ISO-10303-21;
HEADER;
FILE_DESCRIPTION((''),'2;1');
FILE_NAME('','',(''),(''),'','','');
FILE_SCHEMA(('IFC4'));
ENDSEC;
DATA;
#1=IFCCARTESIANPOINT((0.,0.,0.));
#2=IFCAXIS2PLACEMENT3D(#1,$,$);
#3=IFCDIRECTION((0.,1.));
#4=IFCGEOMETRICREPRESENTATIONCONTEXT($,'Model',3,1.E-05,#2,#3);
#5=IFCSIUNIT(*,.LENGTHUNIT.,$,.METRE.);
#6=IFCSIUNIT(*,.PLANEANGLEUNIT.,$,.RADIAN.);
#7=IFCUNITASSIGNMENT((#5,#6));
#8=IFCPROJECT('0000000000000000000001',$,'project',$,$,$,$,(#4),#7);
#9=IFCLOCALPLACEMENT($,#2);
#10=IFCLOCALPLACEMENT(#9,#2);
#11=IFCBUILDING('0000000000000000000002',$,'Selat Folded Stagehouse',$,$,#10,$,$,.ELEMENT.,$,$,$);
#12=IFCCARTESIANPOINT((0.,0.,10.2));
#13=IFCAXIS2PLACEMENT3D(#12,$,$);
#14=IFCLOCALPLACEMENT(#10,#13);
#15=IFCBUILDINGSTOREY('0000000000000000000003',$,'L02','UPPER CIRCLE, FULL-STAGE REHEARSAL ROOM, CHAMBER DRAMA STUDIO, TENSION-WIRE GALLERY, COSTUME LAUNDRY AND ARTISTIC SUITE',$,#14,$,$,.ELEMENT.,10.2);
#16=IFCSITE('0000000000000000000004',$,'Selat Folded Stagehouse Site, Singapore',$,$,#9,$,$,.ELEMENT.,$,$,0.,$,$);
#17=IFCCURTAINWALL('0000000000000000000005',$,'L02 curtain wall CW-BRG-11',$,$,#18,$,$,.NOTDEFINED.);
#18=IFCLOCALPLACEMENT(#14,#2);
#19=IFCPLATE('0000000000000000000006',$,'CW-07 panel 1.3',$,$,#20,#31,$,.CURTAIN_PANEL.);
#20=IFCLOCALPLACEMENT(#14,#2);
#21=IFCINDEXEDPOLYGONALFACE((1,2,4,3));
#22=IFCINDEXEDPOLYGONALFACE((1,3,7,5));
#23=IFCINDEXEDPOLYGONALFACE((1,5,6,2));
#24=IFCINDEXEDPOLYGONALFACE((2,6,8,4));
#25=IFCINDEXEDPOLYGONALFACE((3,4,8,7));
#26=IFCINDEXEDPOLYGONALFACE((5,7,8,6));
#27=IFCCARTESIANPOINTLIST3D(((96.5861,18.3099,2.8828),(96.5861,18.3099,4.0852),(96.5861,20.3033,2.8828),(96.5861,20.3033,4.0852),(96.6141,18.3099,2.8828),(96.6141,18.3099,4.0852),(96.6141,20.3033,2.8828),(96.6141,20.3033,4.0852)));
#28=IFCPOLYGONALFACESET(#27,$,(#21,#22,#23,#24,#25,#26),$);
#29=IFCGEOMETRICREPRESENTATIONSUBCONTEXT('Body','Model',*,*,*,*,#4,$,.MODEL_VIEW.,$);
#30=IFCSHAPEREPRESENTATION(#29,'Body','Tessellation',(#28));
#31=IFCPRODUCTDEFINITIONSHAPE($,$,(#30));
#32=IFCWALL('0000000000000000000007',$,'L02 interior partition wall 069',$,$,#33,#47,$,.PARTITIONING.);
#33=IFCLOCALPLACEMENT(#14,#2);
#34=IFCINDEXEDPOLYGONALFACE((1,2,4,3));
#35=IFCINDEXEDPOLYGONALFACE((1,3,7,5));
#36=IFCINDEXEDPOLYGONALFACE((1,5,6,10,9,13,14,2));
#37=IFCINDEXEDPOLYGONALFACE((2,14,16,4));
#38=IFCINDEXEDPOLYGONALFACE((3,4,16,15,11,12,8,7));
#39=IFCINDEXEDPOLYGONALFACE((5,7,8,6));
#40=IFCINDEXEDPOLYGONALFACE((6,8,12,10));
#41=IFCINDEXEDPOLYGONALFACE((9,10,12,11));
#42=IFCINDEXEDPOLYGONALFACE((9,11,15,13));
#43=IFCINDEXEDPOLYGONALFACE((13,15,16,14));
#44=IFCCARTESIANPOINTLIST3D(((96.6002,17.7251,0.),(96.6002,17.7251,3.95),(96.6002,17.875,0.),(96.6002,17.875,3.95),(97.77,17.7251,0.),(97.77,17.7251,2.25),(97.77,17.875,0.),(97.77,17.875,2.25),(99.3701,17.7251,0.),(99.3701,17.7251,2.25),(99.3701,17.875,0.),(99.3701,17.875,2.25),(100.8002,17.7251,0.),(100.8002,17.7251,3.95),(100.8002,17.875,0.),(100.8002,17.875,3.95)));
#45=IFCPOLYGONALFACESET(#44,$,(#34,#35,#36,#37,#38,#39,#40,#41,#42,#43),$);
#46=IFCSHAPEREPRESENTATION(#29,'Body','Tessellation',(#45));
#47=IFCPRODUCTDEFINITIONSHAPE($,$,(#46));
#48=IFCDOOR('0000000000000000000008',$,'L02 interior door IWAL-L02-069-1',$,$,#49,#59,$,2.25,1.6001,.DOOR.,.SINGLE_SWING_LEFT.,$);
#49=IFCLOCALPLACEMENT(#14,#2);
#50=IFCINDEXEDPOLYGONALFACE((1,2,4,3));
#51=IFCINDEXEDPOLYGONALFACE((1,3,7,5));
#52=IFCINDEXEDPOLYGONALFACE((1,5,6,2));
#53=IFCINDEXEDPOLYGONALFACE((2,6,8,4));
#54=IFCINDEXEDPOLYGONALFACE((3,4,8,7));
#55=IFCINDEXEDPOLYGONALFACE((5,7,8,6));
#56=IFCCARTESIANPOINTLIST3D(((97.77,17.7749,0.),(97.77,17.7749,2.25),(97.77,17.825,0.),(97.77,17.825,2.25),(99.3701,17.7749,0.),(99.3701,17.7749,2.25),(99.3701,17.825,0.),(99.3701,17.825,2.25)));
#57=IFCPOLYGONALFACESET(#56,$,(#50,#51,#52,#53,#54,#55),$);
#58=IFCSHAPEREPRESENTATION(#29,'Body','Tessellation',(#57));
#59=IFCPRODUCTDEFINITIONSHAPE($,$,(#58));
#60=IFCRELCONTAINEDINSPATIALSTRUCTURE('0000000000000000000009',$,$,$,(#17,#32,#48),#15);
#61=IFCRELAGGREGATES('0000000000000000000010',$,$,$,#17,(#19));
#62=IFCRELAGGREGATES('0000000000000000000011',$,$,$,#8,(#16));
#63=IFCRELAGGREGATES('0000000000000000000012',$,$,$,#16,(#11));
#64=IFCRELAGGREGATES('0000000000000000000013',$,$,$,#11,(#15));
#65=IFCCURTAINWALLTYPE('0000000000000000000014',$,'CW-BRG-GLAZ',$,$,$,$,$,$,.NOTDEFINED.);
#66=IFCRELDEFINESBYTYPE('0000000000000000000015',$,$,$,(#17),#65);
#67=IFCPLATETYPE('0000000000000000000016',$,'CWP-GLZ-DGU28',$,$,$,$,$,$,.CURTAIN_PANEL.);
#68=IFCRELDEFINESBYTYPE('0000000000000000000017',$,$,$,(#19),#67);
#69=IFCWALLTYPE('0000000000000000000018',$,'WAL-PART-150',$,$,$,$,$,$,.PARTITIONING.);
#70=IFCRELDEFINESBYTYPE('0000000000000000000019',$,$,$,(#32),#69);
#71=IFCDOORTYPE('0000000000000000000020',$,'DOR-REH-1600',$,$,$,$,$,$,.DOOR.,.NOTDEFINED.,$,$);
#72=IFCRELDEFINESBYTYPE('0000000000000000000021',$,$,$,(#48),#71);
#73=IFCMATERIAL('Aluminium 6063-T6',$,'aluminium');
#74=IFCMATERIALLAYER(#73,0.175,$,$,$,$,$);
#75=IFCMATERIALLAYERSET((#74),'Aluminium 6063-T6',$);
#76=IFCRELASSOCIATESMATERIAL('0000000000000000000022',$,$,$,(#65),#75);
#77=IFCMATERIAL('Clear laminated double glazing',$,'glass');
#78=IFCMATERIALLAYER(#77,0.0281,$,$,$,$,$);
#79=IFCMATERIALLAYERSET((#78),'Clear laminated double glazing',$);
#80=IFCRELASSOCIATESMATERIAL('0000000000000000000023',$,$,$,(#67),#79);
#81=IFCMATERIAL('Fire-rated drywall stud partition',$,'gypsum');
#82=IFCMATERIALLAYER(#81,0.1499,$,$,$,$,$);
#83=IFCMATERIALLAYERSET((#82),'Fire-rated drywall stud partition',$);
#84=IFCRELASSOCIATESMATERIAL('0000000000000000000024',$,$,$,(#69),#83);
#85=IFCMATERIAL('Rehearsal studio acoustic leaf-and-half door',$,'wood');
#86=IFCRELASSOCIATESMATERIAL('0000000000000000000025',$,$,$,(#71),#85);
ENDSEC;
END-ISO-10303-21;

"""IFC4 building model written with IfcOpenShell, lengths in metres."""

from ifc_helpers import new_model, si_unit, direction, frame, frame_2d, origin, origin_2d, place, context, subcontext, project, spatial, rectangle, extrude, material, layer, layer_set, type_object, element, fill, aggregate, save


model = new_model("IFC4")

# Units and contexts
model_context = context("Model", 3, precision=1e-05, world=origin(), true_north=direction((0.0, 1.0)))
body_context = subcontext(model_context, "Body", "Model", "MODEL_VIEW")
ifc_project = project(units=[si_unit("LENGTHUNIT", "METRE"), si_unit("PLANEANGLEUNIT", "RADIAN")], contexts=[model_context])

# Site, building, storey
site_placement = place(None, origin())
site = spatial("IfcSite", under=ifc_project, at=site_placement, Name="Selat Folded Stagehouse Site, Singapore", CompositionType="ELEMENT", RefElevation=0.0)
building_placement = place(site_placement, origin())
building = spatial("IfcBuilding", under=site, at=building_placement, Name="Selat Folded Stagehouse", CompositionType="ELEMENT")
storey_placement = place(building_placement, frame((0.0, 0.0, 10.2)))
storey = spatial("IfcBuildingStorey", under=building, at=storey_placement, Name="L02", Description="UPPER CIRCLE, FULL-STAGE REHEARSAL ROOM, CHAMBER DRAMA STUDIO, TENSION-WIRE GALLERY, COSTUME LAUNDRY AND ARTISTIC SUITE", CompositionType="ELEMENT", Elevation=10.2)

# Curtain wall
ifc_material_1 = material(Name="Aluminium 6063-T6", Category="aluminium")
ifc_layer_1 = layer(ifc_material_1, 0.175)
ifc_layer_set_1 = layer_set([ifc_layer_1], Name="Aluminium 6063-T6")
curtain_wall_type_1 = type_object("IfcCurtainWallType", Name="CW-BRG-GLAZ", PredefinedType="NOTDEFINED", material=ifc_layer_set_1)
curtain_wall_1_placement = place(storey_placement, origin())
curtain_wall_1 = element("IfcCurtainWall", 1, at=curtain_wall_1_placement, inside=storey, type_object=curtain_wall_type_1, Name="L02 curtain wall CW-BRG-11", PredefinedType="NOTDEFINED")

# Plate
ifc_material_2 = material(Name="Clear laminated double glazing", Category="glass")
ifc_layer_2 = layer(ifc_material_2, 0.0281)
ifc_layer_set_2 = layer_set([ifc_layer_2], Name="Clear laminated double glazing")
plate_type = type_object("IfcPlateType", Name="CWP-GLZ-DGU28", PredefinedType="CURTAIN_PANEL", material=ifc_layer_set_2)
plate_1_placement = place(storey_placement, frame((96.6001, 19.3066, 2.8828), z_axis=(0.0, 0.0, 1.0), x_axis=(0.0, 1.0, 0.0)))
plate_1 = element("IfcPlate", 2, at=plate_1_placement, type_object=plate_type, Name="CW-07 panel 1.3", PredefinedType="CURTAIN_PANEL", context=body_context, shape_type="SweptSolid", body=[
    extrude(rectangle(XDim=1.9934, YDim=0.0281, at=origin_2d()), origin(), (0.0, 0.0, 1.0), 1.2024),
])
aggregate(curtain_wall_1, [plate_1])

# Wall, opening, door
ifc_material_3 = material(Name="Fire-rated drywall stud partition", Category="gypsum")
ifc_layer_3 = layer(ifc_material_3, 0.1499)
ifc_layer_set_3 = layer_set([ifc_layer_3], Name="Fire-rated drywall stud partition")
wall_type = type_object("IfcWallType", Name="WAL-PART-150", PredefinedType="PARTITIONING", material=ifc_layer_set_3)
wall_placement = place(storey_placement, frame((96.6001, 17.8, 0.0), z_axis=(0.0, 0.0, 1.0), x_axis=(1.0, 0.0, 0.0)))
wall = element("IfcWall", 3, at=wall_placement, inside=storey, type_object=wall_type, Name="L02 interior partition wall 069", PredefinedType="PARTITIONING", context=body_context, shape_type="SweptSolid", body=[
    extrude(rectangle(XDim=4.2, YDim=0.1499, at=frame_2d((2.1001, 0.0))), origin(), (0.0, 0.0, 1.0), 3.95),
])
opening_placement = place(wall_placement, frame((1.1699, 0.0, 0.0)))
opening = element("IfcOpeningElement", 4, at=opening_placement, cuts=wall, PredefinedType="OPENING", context=body_context, shape_type="SweptSolid", body=[
    extrude(rectangle(XDim=1.6001, YDim=2.25, at=frame_2d((0.8, 1.125))), frame((0.0, 0.085, 0.0), z_axis=(0.0, -1.0, 0.0), x_axis=(1.0, 0.0, 0.0)), (0.0, 0.0, 1.0), 0.1699),
])
ifc_material_4 = material(Name="Rehearsal studio acoustic leaf-and-half door", Category="wood")
door_type = type_object("IfcDoorType", Name="DOR-REH-1600", OperationType="NOTDEFINED", PredefinedType="DOOR", material=ifc_material_4)
door_placement = place(opening_placement, origin())
door = element("IfcDoor", 5, at=door_placement, inside=storey, type_object=door_type, Name="L02 interior door IWAL-L02-069-1", OperationType="SINGLE_SWING_LEFT", OverallHeight=2.25, OverallWidth=1.6001, PredefinedType="DOOR", context=body_context, shape_type="SweptSolid", body=[
    extrude(rectangle(XDim=1.6001, YDim=2.25, at=frame_2d((0.8, 1.125))), frame((0.0, 0.0249, 0.0), z_axis=(0.0, -1.0, 0.0), x_axis=(1.0, 0.0, 0.0)), (0.0, 0.0, 1.0), 0.05),
])
fill(opening, door)

save(model, "model.ifc")
